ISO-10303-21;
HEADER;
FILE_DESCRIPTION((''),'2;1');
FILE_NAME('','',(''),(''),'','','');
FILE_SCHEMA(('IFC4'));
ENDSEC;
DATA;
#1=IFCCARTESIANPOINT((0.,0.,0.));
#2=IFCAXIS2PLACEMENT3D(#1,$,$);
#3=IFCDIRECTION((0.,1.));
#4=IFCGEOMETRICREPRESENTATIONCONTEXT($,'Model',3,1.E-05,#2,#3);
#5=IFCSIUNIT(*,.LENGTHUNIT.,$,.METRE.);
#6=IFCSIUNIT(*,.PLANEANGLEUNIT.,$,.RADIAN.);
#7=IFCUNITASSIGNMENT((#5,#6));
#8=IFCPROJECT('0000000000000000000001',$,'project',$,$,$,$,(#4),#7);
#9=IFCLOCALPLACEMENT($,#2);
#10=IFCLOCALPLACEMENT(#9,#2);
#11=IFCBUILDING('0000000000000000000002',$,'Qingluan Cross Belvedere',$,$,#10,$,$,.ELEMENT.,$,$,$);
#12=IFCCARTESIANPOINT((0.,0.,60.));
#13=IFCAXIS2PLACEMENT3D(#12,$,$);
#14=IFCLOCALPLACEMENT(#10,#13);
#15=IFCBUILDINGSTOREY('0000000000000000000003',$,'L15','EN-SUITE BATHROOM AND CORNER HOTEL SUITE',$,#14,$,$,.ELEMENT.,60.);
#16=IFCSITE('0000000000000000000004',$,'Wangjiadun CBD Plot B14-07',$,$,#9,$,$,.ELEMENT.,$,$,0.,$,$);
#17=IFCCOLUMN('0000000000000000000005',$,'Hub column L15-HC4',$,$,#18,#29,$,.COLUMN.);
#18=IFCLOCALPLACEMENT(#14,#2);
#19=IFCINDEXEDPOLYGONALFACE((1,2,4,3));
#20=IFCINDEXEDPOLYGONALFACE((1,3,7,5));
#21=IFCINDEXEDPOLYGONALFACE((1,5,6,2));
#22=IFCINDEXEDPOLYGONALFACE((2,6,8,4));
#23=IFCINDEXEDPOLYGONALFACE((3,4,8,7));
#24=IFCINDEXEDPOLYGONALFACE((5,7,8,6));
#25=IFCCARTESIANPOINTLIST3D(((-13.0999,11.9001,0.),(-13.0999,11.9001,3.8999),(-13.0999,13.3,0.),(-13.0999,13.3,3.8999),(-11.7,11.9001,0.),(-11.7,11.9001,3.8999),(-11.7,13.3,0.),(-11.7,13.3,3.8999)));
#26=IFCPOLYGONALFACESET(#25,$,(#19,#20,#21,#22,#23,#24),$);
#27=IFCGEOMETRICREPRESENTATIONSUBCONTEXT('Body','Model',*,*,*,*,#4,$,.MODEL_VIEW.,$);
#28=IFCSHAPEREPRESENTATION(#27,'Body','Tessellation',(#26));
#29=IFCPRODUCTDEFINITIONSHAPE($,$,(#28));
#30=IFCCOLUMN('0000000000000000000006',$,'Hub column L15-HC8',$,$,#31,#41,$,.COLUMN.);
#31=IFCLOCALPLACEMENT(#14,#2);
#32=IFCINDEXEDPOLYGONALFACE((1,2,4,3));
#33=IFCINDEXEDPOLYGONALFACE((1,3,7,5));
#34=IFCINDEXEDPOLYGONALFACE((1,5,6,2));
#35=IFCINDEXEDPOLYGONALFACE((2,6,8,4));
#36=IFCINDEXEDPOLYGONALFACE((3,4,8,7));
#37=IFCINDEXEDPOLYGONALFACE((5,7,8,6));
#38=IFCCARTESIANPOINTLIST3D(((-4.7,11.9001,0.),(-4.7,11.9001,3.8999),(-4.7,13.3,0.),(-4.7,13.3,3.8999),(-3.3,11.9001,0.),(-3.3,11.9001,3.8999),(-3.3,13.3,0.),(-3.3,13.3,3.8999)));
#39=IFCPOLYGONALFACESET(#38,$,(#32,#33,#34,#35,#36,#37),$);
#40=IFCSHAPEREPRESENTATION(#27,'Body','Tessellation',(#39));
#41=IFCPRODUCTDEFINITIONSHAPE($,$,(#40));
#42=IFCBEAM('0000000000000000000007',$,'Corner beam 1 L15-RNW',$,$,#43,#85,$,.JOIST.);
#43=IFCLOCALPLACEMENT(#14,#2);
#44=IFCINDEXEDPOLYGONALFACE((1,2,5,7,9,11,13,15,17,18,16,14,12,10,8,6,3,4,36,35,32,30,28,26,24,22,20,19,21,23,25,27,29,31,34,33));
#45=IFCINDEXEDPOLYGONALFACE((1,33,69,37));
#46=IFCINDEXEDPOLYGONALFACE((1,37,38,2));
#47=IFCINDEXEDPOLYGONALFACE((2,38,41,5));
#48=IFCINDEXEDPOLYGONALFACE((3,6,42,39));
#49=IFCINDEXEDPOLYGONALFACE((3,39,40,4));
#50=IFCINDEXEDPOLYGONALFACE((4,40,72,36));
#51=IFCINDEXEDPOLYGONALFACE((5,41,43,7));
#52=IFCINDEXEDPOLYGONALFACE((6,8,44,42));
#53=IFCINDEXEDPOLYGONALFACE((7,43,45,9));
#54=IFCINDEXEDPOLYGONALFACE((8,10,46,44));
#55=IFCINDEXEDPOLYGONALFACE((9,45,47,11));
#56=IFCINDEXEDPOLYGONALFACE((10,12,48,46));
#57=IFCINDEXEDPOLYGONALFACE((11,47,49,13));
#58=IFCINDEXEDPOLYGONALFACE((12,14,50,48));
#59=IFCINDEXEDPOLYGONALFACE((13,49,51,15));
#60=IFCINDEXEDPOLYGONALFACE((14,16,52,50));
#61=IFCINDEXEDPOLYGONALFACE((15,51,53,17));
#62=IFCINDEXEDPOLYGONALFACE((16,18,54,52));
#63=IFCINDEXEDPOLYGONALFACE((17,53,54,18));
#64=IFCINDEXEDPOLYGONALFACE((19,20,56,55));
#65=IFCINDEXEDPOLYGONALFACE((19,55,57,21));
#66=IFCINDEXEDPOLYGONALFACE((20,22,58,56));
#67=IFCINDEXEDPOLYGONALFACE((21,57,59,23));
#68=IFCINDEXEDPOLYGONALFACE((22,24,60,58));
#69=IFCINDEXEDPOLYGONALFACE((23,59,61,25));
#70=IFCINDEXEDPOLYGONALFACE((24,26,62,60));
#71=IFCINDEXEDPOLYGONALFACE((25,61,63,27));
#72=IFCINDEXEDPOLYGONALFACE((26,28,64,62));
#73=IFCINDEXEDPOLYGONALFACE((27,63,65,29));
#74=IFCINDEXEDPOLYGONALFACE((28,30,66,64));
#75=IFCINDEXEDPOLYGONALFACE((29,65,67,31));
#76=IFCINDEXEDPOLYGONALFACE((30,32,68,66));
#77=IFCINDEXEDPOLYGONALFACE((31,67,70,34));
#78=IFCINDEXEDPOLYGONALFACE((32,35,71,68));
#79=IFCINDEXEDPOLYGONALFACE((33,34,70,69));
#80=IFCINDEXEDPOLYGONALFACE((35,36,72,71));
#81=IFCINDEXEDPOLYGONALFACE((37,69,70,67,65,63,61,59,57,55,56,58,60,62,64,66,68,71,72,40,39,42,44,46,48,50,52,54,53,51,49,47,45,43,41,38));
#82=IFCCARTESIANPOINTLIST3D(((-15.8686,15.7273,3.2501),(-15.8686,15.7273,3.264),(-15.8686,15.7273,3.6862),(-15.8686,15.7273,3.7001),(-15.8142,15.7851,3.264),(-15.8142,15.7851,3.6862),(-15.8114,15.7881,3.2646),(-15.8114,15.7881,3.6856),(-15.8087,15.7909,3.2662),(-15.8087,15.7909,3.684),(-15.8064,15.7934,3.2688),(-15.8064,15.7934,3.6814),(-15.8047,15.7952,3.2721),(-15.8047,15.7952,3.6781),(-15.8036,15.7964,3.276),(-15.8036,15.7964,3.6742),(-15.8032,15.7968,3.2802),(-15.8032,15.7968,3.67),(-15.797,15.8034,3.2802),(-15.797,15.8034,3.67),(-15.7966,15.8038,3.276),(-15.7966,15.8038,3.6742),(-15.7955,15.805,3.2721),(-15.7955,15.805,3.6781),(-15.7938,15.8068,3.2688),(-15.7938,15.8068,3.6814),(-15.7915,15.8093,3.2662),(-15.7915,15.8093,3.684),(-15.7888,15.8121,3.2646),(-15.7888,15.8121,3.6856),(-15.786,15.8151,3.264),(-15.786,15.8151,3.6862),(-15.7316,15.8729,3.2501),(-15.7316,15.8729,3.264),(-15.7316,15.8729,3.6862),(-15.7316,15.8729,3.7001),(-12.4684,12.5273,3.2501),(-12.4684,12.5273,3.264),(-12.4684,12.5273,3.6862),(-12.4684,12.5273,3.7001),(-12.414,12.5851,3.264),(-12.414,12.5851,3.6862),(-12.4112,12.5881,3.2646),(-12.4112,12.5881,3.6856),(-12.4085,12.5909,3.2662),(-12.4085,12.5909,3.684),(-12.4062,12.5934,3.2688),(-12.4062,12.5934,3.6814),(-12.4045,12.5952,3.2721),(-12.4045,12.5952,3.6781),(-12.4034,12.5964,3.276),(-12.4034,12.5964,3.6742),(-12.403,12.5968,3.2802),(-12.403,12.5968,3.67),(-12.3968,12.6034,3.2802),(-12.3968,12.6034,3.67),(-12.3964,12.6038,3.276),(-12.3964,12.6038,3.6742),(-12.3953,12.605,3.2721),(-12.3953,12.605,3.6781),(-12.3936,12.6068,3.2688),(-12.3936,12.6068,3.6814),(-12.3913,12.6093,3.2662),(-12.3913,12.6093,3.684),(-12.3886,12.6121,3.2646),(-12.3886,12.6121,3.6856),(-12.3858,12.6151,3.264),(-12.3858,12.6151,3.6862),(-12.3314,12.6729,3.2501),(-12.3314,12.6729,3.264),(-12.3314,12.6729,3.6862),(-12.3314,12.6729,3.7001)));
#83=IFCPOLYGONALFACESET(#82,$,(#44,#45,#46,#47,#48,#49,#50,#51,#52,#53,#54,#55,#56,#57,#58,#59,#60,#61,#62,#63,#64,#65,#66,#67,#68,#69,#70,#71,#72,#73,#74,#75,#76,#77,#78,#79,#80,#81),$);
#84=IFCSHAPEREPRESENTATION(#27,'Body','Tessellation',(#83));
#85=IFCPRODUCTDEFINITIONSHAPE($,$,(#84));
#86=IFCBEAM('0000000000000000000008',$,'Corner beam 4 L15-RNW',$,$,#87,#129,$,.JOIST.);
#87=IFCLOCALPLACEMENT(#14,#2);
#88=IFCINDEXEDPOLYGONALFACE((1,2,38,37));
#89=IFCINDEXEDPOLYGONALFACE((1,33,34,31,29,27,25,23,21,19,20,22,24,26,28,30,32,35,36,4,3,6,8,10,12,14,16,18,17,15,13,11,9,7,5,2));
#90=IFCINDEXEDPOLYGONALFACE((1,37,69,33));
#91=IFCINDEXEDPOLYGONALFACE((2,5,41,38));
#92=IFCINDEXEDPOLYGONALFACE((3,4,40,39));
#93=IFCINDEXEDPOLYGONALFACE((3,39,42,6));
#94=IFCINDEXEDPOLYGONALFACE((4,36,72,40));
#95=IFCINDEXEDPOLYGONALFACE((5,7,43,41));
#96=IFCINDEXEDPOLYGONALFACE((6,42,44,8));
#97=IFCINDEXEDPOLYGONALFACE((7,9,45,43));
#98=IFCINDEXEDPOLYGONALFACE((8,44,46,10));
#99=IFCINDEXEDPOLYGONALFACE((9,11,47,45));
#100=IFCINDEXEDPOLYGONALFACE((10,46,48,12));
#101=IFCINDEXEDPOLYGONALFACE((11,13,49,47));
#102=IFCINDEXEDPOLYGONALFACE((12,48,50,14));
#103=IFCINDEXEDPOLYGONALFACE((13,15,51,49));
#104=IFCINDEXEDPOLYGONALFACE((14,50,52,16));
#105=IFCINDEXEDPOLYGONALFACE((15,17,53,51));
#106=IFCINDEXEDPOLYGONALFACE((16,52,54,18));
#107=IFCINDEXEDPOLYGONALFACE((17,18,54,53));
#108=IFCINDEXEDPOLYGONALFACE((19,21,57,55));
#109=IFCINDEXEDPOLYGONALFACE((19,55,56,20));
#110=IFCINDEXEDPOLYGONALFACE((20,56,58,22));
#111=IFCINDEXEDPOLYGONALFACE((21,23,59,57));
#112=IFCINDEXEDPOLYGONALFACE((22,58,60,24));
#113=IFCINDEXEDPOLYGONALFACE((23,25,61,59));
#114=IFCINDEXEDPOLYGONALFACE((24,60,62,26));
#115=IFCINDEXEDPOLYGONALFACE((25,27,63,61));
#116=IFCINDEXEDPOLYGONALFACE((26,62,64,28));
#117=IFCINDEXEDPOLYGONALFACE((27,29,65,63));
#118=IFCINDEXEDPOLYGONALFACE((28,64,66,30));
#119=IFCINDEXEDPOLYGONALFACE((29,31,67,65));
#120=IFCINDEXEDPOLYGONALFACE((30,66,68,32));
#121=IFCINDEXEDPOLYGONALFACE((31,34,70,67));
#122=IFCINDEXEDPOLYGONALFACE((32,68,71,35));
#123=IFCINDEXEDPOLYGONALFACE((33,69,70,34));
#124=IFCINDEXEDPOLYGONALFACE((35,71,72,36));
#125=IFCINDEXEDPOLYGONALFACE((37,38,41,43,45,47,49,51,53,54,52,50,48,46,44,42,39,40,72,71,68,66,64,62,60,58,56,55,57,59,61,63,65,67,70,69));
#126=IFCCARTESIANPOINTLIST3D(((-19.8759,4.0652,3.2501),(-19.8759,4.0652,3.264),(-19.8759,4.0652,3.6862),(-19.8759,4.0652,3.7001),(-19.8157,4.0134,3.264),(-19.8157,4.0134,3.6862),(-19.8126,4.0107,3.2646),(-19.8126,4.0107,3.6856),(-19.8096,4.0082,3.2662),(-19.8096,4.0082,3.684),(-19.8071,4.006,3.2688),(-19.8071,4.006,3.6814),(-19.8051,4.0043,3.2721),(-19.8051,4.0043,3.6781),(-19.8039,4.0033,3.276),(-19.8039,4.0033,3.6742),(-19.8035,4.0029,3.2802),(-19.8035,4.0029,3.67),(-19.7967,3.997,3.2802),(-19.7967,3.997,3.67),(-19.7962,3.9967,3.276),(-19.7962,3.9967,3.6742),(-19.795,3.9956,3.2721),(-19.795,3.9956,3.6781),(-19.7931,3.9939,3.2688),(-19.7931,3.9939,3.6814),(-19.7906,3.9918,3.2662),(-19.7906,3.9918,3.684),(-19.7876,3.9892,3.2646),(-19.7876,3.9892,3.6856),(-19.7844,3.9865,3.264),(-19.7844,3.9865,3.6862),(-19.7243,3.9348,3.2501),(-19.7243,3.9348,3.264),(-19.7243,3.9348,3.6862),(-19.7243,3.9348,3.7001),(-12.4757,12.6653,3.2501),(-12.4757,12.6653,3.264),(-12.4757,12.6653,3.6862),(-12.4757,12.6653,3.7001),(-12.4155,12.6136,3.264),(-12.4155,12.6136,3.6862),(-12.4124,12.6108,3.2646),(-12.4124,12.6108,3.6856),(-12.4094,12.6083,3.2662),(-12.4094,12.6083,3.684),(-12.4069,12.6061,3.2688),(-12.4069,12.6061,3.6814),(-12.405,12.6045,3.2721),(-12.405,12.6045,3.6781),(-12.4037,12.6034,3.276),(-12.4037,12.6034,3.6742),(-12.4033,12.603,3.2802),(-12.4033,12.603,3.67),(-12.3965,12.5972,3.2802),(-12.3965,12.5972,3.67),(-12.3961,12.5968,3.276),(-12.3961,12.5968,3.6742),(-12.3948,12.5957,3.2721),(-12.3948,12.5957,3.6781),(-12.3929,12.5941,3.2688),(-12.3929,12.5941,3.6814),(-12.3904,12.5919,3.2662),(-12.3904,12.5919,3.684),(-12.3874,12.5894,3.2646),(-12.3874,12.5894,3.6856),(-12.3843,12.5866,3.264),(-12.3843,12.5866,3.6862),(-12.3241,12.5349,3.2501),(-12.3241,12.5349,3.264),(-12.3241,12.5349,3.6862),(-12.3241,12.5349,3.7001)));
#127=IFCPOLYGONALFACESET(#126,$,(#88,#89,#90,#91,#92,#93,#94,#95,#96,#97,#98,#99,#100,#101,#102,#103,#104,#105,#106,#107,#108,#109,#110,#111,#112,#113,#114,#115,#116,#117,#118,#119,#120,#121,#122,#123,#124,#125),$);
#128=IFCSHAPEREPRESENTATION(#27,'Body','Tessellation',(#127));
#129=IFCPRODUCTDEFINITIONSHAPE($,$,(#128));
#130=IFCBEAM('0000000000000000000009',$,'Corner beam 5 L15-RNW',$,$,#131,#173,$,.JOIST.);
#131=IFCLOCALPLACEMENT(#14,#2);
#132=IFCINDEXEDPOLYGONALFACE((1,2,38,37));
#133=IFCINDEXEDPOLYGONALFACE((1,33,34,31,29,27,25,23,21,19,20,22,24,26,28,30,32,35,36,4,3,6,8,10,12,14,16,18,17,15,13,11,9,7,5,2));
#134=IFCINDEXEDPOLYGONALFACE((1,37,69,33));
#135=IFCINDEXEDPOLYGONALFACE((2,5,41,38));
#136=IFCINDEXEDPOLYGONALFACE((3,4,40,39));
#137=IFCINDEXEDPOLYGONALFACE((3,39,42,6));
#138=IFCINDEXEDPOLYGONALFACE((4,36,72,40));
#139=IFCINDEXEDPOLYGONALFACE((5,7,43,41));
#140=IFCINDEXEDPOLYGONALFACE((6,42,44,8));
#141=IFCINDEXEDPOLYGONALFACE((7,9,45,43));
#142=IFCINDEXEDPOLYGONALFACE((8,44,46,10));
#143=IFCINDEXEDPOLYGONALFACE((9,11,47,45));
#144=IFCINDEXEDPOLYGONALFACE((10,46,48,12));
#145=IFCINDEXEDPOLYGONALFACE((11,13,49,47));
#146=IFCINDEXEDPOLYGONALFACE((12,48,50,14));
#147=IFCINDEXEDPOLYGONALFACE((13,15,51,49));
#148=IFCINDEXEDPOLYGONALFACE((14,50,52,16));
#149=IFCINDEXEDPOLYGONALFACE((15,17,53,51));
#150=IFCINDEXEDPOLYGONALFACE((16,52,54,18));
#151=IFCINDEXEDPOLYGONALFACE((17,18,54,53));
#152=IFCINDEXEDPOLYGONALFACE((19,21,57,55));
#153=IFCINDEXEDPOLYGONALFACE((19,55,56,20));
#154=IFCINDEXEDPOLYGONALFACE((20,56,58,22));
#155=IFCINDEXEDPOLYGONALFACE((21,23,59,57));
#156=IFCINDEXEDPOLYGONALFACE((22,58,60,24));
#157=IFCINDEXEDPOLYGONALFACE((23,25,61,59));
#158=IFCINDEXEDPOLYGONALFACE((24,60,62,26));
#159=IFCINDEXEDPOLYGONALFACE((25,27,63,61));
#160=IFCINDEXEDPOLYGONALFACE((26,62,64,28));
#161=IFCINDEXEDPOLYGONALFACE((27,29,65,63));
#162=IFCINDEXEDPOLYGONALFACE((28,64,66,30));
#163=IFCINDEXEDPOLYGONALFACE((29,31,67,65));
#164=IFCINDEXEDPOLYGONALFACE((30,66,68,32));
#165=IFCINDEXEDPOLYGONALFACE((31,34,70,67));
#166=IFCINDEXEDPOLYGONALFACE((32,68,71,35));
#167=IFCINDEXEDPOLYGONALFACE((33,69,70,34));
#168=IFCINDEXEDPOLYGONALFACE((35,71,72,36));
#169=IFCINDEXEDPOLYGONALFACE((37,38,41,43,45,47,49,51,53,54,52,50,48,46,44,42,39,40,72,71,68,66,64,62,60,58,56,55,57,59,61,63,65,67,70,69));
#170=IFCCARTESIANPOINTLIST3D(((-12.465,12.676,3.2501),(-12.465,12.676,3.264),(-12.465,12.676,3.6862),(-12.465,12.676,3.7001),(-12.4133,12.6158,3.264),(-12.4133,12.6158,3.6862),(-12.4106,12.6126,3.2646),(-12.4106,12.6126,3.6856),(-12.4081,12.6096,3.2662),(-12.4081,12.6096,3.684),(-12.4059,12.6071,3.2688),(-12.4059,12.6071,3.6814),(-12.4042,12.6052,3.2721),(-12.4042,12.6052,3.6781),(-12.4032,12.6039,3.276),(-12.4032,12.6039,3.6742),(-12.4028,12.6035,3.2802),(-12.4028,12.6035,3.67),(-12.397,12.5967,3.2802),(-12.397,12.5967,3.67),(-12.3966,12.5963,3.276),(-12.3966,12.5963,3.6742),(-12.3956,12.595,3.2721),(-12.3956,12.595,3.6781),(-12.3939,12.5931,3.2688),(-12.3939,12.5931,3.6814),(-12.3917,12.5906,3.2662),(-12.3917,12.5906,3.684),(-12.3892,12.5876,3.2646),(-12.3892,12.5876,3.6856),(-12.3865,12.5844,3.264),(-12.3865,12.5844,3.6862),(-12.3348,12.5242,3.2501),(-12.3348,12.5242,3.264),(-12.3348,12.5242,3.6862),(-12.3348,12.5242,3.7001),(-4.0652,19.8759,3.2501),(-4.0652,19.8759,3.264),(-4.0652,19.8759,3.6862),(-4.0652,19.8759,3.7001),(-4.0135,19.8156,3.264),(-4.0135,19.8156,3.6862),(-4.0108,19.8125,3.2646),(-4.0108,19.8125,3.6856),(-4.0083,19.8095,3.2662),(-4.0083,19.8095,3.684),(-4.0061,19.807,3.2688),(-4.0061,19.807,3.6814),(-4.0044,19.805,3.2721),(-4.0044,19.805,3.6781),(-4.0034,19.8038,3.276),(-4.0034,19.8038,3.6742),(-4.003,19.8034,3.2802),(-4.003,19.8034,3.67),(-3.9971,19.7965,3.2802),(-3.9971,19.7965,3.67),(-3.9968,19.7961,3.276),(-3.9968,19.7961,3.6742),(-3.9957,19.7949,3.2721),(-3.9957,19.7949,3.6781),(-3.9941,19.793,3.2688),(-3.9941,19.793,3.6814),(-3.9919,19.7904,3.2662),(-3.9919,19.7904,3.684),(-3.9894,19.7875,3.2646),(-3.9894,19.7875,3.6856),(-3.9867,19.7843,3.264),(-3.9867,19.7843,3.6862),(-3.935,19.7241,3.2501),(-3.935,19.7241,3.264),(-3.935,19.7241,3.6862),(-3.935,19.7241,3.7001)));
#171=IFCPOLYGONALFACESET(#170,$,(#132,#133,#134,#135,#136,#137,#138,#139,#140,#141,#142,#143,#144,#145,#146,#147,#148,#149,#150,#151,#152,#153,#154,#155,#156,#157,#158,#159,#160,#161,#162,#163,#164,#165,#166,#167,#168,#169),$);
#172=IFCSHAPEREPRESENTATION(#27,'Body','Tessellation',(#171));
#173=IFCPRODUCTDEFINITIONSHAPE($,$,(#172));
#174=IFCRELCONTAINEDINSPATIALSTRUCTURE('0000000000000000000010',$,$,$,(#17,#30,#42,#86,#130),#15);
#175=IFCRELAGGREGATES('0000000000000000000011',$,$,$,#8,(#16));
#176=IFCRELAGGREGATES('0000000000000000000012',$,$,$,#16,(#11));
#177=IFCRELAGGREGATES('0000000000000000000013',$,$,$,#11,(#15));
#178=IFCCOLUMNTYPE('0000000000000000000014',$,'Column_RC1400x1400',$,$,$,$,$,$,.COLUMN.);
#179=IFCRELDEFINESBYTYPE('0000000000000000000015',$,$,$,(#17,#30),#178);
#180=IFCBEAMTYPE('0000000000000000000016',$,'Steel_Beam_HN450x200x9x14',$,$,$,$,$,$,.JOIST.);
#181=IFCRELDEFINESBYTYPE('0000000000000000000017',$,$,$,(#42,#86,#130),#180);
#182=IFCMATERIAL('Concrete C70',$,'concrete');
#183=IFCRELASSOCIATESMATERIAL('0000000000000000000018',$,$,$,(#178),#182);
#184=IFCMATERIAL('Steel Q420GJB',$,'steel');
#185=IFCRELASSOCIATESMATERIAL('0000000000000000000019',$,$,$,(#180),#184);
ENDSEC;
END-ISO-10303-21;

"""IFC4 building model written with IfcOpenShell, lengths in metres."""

from ifc_helpers import new_model, si_unit, direction, frame, origin, origin_2d, place, context, subcontext, project, spatial, rectangle, i_section, extrude, material, material_profile, profile_set, type_object, element, save


model = new_model("IFC4")

# Units and contexts
model_context = context("Model", 3, precision=1e-05, world=origin(), true_north=direction((0.0, 1.0)))
body_context = subcontext(model_context, "Body", "Model", "MODEL_VIEW")
ifc_project = project(units=[si_unit("LENGTHUNIT", "METRE"), si_unit("PLANEANGLEUNIT", "RADIAN")], contexts=[model_context])

# Site, building, storey
site_placement = place(None, origin())
site = spatial("IfcSite", under=ifc_project, at=site_placement, Name="Wangjiadun CBD Plot B14-07", CompositionType="ELEMENT", RefElevation=0.0)
building_placement = place(site_placement, origin())
building = spatial("IfcBuilding", under=site, at=building_placement, Name="Qingluan Cross Belvedere", CompositionType="ELEMENT")
storey_placement = place(building_placement, frame((0.0, 0.0, 60.0)))
storey = spatial("IfcBuildingStorey", under=building, at=storey_placement, Name="L15", Description="EN-SUITE BATHROOM AND CORNER HOTEL SUITE", CompositionType="ELEMENT", Elevation=60.0)

# Columns
ifc_material_1 = material(Name="Concrete C70", Category="concrete")
ifc_material_profile_1 = material_profile(ifc_material_1, rectangle(XDim=1.3999, YDim=1.3999, at=origin_2d()), Name="RC1400x1400")
ifc_profile_set_1 = profile_set([ifc_material_profile_1], Name="Concrete C70")
column_type = type_object("IfcColumnType", Name="Column_RC1400x1400", PredefinedType="COLUMN", material=ifc_profile_set_1)
for number, where, z_axis, x_axis, name in (
    (1, (-12.3999, 12.6001, 0.0), (0.0, 0.0, 1.0), (1.0, 0.0, 0.0), "Hub column L15-HC4"),
    (2, (-4.0, 12.6001, 0.0), (0.0, 0.0, 1.0), (1.0, 0.0, 0.0), "Hub column L15-HC8"),
):
    element("IfcColumn", number, at=place(storey_placement, frame(where, z_axis=z_axis, x_axis=x_axis)), inside=storey, type_object=column_type, Name=name, PredefinedType="COLUMN", context=body_context, shape_type="SweptSolid", body=[
        extrude(rectangle(XDim=1.3999, YDim=1.3999, at=origin_2d()), origin(), (0.0, 0.0, 1.0), 3.8999),
    ])

# Beams
ifc_material_2 = material(Name="Steel Q420GJB", Category="steel")
ifc_material_profile_2 = material_profile(ifc_material_2, i_section(OverallWidth=0.2, OverallDepth=0.45, WebThickness=0.009, FlangeThickness=0.0139, FilletRadius=0.0161, at=origin_2d()), Name="HN450x200x9x14")
ifc_profile_set_2 = profile_set([ifc_material_profile_2], Name="Steel Q420GJB")
beam_type_1 = type_object("IfcBeamType", Name="Steel_Beam_HN450x200x9x14", PredefinedType="JOIST", material=ifc_profile_set_2)
beam_1_placement = place(storey_placement, frame((-12.3999, 12.6001, 3.4751), z_axis=(-0.72822, 0.685343, 0.0), x_axis=(-0.685343, -0.72822, 0.0)))
element("IfcBeam", 3, at=beam_1_placement, inside=storey, type_object=beam_type_1, Name="Corner beam 1 L15-RNW", PredefinedType="JOIST", context=body_context, shape_type="SweptSolid", body=[
    extrude(i_section(OverallWidth=0.2, OverallDepth=0.45, WebThickness=0.009, FlangeThickness=0.0139, FilletRadius=0.0161, at=origin_2d()), origin(), (0.0, 0.0, 1.0), 4.6692),
])
beam_2_placement = place(storey_placement, frame((-12.3999, 12.6001, 3.4751), z_axis=(-0.652245, -0.758008, 0.0), x_axis=(0.758008, -0.652245, 0.0)))
element("IfcBeam", 4, at=beam_2_placement, inside=storey, type_object=beam_type_1, Name="Corner beam 4 L15-RNW", PredefinedType="JOIST", context=body_context, shape_type="SweptSolid", body=[
    extrude(i_section(OverallWidth=0.2, OverallDepth=0.45, WebThickness=0.009, FlangeThickness=0.0139, FilletRadius=0.0161, at=origin_2d()), origin(), (0.0, 0.0, 1.0), 11.3457),
])
beam_3_placement = place(storey_placement, frame((-12.3999, 12.6001, 3.4751), z_axis=(0.759255, 0.650793, 0.0), x_axis=(-0.650793, 0.759255, 0.0)))
element("IfcBeam", 5, at=beam_3_placement, inside=storey, type_object=beam_type_1, Name="Corner beam 5 L15-RNW", PredefinedType="JOIST", context=body_context, shape_type="SweptSolid", body=[
    extrude(i_section(OverallWidth=0.2, OverallDepth=0.45, WebThickness=0.009, FlangeThickness=0.0139, FilletRadius=0.0161, at=origin_2d()), origin(), (0.0, 0.0, 1.0), 11.0632),
])

save(model, "model.ifc")
